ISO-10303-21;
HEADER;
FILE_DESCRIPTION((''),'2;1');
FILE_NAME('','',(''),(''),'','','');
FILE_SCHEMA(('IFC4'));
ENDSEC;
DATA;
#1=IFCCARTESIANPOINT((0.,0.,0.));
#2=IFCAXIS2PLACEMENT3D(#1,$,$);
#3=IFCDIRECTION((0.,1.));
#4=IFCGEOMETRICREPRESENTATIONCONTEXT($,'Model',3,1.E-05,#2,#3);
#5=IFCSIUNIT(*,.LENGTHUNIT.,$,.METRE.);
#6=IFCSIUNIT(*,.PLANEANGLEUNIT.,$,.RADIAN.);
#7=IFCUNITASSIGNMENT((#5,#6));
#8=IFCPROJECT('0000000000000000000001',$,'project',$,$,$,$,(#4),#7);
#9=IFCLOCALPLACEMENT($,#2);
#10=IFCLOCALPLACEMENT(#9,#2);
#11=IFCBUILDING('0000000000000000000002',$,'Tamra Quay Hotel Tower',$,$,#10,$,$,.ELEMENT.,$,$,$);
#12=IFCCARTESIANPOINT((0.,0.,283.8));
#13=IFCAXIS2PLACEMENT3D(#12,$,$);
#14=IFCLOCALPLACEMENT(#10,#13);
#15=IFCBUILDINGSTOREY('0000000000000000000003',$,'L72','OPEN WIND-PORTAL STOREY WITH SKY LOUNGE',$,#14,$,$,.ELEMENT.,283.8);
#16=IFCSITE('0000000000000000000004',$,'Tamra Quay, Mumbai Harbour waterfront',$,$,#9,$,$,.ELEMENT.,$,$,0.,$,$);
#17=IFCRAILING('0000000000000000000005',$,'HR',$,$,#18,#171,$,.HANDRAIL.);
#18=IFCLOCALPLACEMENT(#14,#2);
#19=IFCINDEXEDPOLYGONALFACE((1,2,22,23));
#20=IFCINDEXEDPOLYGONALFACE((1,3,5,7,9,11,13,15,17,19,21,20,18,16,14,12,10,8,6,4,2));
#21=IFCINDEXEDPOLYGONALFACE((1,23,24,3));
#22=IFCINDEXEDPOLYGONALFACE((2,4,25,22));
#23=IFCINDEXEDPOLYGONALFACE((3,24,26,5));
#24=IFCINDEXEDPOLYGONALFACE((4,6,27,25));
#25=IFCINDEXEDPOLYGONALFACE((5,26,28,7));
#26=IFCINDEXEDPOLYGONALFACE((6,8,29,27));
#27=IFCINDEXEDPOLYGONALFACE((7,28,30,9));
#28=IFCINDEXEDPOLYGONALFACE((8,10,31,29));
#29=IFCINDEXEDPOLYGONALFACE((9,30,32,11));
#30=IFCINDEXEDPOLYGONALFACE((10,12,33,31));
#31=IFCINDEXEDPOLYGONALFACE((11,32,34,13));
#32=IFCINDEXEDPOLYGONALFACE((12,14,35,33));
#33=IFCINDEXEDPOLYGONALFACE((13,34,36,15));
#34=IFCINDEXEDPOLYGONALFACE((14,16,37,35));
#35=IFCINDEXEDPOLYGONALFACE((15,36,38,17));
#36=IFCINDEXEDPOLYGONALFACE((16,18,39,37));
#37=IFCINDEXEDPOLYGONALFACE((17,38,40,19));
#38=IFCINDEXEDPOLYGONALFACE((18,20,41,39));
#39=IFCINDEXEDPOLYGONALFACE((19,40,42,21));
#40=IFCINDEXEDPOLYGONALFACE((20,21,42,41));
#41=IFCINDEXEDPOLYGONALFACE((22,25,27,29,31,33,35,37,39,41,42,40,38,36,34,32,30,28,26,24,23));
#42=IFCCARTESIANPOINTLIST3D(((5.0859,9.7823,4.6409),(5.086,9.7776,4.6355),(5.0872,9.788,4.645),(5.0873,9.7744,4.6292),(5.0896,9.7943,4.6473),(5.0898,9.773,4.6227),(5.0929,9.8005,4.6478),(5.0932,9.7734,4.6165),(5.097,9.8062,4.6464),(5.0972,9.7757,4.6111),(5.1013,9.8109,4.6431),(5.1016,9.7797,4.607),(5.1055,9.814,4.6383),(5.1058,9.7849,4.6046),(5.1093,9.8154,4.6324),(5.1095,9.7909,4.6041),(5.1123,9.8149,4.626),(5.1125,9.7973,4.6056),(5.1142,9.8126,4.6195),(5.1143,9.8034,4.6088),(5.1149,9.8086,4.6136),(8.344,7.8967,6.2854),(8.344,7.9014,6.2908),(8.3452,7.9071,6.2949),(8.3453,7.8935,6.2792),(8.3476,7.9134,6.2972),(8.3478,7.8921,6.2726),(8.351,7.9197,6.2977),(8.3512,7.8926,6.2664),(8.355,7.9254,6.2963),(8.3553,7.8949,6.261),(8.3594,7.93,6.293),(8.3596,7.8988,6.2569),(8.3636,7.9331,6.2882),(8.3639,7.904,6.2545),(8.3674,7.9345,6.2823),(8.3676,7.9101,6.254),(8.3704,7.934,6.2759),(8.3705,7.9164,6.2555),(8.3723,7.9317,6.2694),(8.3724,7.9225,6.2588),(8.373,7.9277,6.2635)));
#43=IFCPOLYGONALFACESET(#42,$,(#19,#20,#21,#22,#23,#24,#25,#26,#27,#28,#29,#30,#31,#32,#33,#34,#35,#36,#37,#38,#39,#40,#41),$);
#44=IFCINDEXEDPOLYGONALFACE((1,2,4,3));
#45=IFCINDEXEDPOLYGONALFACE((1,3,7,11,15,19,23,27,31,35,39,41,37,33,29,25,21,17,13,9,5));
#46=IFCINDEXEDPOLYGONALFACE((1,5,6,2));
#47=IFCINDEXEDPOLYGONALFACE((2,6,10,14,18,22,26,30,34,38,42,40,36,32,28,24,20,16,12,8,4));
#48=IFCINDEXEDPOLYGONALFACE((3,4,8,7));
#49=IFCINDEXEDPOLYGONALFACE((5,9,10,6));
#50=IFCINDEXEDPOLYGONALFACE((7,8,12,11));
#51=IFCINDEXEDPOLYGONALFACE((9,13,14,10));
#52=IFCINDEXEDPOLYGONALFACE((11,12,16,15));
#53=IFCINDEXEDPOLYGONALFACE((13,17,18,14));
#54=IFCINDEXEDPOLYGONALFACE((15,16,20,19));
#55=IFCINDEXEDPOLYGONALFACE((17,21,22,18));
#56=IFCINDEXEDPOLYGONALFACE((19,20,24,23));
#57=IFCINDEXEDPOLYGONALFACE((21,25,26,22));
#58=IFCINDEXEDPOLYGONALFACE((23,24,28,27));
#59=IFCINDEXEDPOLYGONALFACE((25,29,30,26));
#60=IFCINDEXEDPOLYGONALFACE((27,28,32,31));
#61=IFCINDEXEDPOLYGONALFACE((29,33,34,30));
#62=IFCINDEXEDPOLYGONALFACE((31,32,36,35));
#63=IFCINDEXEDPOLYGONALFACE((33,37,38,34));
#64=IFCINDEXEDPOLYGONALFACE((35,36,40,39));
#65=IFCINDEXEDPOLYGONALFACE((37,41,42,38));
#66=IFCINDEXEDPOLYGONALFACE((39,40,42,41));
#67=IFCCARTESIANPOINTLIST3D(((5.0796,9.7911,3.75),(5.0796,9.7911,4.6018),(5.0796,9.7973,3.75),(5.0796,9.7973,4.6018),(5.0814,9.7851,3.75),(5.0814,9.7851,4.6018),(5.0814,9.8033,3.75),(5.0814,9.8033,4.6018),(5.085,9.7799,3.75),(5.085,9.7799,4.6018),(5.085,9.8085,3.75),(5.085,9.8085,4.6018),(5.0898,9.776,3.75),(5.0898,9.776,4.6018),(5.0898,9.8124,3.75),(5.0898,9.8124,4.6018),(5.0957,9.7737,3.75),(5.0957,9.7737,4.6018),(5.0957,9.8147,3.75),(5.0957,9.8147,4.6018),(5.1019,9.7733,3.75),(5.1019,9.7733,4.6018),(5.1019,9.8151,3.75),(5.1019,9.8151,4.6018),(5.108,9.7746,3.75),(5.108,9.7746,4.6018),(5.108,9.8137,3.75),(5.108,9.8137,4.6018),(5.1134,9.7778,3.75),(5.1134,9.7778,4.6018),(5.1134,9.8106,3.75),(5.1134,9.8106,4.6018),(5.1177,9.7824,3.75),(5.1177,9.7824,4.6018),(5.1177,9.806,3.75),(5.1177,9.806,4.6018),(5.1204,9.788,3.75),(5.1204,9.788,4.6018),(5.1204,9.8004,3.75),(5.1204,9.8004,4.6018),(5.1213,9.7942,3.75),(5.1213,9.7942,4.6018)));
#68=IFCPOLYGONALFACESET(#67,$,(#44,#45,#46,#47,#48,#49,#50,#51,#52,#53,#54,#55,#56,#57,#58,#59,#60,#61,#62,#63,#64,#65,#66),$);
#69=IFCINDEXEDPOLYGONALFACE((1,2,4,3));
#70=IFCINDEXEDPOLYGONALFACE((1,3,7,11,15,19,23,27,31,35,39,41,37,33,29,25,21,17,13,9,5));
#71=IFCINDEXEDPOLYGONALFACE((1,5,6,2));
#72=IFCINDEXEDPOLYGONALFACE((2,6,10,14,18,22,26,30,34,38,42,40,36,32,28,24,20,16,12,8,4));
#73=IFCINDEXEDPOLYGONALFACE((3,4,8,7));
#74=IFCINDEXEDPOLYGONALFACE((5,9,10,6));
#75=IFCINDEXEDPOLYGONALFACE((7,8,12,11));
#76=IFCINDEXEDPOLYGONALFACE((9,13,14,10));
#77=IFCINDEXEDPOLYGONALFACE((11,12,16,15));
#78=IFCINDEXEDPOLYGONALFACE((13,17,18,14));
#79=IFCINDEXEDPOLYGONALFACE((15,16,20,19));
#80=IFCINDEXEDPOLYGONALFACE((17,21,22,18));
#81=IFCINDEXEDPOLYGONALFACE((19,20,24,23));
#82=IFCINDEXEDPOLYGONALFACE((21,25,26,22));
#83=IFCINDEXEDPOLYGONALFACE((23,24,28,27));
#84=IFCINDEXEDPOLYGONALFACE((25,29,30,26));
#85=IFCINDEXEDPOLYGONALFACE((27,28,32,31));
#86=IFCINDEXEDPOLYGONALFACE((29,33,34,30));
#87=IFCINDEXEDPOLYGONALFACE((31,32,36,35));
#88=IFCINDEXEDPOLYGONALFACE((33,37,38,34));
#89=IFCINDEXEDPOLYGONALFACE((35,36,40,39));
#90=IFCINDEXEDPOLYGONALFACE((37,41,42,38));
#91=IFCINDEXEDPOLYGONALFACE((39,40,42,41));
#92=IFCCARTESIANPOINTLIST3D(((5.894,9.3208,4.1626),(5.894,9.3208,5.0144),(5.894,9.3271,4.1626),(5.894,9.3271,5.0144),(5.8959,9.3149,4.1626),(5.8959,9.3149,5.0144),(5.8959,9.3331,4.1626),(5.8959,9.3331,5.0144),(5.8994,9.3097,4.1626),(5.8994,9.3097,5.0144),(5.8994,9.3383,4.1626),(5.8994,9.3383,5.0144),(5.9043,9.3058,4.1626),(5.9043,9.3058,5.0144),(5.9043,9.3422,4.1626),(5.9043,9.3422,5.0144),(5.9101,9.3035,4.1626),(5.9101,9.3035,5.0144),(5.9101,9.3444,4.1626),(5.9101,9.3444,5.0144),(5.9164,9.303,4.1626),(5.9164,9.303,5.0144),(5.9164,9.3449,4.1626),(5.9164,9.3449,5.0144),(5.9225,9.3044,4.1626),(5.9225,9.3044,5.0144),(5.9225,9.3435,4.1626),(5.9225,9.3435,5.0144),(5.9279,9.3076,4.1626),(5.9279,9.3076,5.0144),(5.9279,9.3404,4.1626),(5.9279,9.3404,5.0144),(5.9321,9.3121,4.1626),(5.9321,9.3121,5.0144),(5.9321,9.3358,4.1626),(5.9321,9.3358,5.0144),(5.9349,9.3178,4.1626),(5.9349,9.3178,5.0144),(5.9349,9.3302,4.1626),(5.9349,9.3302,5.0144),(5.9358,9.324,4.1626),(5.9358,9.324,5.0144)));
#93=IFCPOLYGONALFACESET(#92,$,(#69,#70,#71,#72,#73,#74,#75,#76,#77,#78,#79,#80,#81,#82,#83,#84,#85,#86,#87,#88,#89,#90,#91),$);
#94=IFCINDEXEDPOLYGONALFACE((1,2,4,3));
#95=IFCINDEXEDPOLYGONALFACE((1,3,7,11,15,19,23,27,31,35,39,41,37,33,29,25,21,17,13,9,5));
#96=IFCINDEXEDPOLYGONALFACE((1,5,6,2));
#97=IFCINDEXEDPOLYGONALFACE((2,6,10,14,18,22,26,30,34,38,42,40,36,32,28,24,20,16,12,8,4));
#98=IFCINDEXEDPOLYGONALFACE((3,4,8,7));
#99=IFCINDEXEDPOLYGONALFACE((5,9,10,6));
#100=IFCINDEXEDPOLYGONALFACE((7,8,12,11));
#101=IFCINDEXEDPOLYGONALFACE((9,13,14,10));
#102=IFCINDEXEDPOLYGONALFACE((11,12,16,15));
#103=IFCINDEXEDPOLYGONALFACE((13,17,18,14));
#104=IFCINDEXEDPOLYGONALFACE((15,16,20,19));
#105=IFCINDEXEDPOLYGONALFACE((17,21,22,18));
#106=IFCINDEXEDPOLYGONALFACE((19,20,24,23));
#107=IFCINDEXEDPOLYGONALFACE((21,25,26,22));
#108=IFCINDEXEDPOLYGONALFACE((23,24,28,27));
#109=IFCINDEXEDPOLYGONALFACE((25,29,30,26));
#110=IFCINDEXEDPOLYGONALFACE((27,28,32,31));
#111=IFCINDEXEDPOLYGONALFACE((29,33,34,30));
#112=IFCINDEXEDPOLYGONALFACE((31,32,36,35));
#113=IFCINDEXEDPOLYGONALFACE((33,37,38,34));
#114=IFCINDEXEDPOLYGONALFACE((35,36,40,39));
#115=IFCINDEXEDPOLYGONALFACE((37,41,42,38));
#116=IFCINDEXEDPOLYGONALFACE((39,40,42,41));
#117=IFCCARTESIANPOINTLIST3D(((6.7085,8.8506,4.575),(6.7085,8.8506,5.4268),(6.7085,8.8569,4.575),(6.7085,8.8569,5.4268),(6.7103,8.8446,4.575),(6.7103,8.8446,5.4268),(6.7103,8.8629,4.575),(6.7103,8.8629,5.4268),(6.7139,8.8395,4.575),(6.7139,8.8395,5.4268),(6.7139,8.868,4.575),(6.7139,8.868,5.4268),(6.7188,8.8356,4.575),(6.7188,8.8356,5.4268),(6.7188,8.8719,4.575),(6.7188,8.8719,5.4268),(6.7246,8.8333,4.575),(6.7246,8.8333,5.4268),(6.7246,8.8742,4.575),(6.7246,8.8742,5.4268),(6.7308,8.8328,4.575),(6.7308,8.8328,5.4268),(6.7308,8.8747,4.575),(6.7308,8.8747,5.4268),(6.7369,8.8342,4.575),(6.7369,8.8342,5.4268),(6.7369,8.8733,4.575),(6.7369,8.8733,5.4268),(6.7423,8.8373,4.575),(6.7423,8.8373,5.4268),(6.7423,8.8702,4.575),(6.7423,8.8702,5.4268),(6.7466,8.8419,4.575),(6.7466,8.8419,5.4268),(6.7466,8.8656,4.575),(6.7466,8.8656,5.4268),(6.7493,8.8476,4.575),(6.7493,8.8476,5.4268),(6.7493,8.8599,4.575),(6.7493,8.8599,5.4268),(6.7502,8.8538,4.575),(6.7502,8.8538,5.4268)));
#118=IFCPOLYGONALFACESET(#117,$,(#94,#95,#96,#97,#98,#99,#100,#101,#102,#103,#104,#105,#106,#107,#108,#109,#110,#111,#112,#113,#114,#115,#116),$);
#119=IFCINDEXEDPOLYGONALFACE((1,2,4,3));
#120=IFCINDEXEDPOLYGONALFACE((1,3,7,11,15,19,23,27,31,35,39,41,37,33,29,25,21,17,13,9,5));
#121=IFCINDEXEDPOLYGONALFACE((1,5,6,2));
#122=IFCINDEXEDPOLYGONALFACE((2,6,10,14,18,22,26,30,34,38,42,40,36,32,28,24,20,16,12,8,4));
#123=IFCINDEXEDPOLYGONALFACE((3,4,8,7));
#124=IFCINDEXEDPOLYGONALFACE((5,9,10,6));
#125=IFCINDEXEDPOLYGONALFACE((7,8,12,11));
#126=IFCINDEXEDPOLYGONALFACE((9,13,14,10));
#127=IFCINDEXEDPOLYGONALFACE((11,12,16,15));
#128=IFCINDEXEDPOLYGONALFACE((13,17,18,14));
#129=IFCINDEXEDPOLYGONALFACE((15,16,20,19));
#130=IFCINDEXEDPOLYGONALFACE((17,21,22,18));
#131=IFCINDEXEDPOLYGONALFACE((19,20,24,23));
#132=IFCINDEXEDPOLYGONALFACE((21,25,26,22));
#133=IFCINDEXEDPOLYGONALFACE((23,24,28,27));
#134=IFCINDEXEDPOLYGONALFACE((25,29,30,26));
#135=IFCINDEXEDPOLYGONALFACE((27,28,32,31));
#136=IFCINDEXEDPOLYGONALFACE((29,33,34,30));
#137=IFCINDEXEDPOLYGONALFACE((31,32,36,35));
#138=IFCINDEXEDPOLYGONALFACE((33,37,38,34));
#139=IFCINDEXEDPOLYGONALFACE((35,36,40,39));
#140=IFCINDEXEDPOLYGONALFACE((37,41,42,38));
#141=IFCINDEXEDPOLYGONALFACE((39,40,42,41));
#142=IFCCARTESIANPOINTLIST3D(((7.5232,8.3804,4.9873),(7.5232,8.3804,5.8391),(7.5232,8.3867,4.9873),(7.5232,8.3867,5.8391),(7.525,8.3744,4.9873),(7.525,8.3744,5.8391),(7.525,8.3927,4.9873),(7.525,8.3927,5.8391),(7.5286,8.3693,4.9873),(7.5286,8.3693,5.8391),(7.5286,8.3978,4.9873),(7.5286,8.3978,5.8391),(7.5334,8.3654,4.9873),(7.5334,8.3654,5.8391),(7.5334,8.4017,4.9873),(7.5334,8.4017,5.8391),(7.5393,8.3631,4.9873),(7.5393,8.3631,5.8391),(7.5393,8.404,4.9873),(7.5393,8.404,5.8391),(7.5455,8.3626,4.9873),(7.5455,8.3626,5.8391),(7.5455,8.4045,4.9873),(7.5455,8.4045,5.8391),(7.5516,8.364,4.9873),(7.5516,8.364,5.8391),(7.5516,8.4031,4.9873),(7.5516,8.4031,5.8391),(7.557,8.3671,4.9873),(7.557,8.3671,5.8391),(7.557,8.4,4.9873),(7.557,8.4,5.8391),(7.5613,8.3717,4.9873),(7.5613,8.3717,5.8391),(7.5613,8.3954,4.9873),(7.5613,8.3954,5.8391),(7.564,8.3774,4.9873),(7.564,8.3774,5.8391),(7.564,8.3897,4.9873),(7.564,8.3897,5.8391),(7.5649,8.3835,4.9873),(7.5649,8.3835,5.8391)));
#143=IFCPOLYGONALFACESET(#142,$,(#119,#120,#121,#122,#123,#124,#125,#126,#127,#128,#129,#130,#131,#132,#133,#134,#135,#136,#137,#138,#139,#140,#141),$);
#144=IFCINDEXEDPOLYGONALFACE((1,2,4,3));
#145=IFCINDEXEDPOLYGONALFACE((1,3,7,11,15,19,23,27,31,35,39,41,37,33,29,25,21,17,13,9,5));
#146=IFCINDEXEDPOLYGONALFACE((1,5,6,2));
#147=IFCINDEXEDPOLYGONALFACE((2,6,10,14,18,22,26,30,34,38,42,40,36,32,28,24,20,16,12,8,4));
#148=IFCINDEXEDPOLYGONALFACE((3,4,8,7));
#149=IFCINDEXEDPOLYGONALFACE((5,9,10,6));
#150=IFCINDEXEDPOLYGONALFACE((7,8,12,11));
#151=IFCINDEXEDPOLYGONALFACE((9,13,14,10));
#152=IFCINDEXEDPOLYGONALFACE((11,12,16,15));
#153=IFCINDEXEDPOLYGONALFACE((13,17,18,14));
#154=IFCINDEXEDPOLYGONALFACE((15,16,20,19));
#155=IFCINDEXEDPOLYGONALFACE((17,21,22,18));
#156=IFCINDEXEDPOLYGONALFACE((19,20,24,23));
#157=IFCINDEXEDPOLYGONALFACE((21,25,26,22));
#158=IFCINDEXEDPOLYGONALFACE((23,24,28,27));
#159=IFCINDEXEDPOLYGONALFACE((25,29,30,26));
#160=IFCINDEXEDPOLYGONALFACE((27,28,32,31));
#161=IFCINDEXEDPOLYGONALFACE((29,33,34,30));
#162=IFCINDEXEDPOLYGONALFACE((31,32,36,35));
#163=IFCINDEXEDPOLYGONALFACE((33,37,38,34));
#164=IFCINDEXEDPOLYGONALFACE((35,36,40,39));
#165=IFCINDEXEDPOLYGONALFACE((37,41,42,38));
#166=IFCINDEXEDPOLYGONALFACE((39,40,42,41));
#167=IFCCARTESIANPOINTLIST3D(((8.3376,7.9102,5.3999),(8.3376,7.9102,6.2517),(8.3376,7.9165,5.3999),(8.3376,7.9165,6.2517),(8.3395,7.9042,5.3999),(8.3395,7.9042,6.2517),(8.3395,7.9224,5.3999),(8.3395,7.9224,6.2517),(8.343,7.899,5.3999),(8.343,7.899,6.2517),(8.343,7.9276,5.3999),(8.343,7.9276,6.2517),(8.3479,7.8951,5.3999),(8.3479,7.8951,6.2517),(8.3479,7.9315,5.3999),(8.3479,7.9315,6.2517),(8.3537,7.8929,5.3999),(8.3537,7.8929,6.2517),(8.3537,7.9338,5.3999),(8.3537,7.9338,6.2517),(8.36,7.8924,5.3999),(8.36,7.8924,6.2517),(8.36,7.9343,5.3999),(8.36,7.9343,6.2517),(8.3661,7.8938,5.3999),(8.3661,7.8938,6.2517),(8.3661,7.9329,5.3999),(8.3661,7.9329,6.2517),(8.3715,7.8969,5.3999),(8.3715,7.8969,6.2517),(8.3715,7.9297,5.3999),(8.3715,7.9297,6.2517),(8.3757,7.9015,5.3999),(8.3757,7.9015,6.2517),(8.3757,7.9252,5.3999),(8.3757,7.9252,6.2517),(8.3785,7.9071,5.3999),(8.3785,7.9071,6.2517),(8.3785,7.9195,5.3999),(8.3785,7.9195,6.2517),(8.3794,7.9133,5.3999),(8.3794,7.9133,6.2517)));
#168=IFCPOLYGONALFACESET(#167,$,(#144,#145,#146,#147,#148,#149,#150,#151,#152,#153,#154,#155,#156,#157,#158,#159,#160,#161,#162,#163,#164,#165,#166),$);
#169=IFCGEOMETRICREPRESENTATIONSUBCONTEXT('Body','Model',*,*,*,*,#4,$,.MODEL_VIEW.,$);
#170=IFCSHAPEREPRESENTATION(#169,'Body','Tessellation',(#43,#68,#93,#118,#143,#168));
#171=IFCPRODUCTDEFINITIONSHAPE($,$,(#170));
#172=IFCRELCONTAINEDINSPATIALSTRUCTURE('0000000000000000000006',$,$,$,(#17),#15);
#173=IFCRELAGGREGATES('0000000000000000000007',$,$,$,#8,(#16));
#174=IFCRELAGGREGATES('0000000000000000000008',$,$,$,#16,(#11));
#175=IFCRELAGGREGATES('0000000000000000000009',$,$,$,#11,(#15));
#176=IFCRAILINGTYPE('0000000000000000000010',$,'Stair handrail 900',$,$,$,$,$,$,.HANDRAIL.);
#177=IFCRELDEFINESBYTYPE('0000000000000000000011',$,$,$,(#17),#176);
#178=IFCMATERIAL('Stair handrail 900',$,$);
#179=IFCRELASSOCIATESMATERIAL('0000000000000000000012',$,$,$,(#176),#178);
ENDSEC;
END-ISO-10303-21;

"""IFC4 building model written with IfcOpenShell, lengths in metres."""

from ifc_helpers import new_model, si_unit, direction, frame, origin, origin_2d, place, context, subcontext, project, spatial, circle, extrude, material, type_object, element, save


model = new_model("IFC4")

# Units and contexts
model_context = context("Model", 3, precision=1e-05, world=origin(), true_north=direction((0.0, 1.0)))
body_context = subcontext(model_context, "Body", "Model", "MODEL_VIEW")
ifc_project = project(units=[si_unit("LENGTHUNIT", "METRE"), si_unit("PLANEANGLEUNIT", "RADIAN")], contexts=[model_context])

# Site, building, storey
site_placement = place(None, origin())
site = spatial("IfcSite", under=ifc_project, at=site_placement, Name="Tamra Quay, Mumbai Harbour waterfront", CompositionType="ELEMENT", RefElevation=0.0)
building_placement = place(site_placement, origin())
building = spatial("IfcBuilding", under=site, at=building_placement, Name="Tamra Quay Hotel Tower", CompositionType="ELEMENT")
storey_placement = place(building_placement, frame((0.0, 0.0, 283.8)))
storey = spatial("IfcBuildingStorey", under=building, at=storey_placement, Name="L72", Description="OPEN WIND-PORTAL STOREY WITH SKY LOUNGE", CompositionType="ELEMENT", Elevation=283.8)

# Railing
ifc_material_1 = material(Name="Stair handrail 900")
railing_type_1 = type_object("IfcRailingType", Name="Stair handrail 900", PredefinedType="HANDRAIL", material=ifc_material_1)
railing_1_placement = place(storey_placement, frame((5.1003, 9.7942, 3.75)))
element("IfcRailing", 1, at=railing_1_placement, inside=storey, type_object=railing_type_1, Name="HR", PredefinedType="HANDRAIL", context=body_context, shape_type="SweptSolid", body=[
    extrude(circle(Radius=0.0239, at=origin_2d()), frame((0.0, 0.0, 0.876), z_axis=(0.793122, -0.457865, 0.401642), x_axis=(0.499964, 0.866046, 0.0)), (0.0, 0.0, 1.0), 4.1079),
    extrude(circle(Radius=0.021, at=origin_2d()), origin(), (0.0, 0.0, 1.0), 0.8518),
    extrude(circle(Radius=0.021, at=origin_2d()), frame((0.8145, -0.4702, 0.4126)), (0.0, 0.0, 1.0), 0.8518),
    extrude(circle(Radius=0.021, at=origin_2d()), frame((1.6289, -0.9404, 0.825)), (0.0, 0.0, 1.0), 0.8518),
    extrude(circle(Radius=0.021, at=origin_2d()), frame((2.4436, -1.4106, 1.2373)), (0.0, 0.0, 1.0), 0.8518),
    extrude(circle(Radius=0.021, at=origin_2d()), frame((3.2581, -1.8809, 1.6499)), (0.0, 0.0, 1.0), 0.8518),
])

save(model, "model.ifc")
